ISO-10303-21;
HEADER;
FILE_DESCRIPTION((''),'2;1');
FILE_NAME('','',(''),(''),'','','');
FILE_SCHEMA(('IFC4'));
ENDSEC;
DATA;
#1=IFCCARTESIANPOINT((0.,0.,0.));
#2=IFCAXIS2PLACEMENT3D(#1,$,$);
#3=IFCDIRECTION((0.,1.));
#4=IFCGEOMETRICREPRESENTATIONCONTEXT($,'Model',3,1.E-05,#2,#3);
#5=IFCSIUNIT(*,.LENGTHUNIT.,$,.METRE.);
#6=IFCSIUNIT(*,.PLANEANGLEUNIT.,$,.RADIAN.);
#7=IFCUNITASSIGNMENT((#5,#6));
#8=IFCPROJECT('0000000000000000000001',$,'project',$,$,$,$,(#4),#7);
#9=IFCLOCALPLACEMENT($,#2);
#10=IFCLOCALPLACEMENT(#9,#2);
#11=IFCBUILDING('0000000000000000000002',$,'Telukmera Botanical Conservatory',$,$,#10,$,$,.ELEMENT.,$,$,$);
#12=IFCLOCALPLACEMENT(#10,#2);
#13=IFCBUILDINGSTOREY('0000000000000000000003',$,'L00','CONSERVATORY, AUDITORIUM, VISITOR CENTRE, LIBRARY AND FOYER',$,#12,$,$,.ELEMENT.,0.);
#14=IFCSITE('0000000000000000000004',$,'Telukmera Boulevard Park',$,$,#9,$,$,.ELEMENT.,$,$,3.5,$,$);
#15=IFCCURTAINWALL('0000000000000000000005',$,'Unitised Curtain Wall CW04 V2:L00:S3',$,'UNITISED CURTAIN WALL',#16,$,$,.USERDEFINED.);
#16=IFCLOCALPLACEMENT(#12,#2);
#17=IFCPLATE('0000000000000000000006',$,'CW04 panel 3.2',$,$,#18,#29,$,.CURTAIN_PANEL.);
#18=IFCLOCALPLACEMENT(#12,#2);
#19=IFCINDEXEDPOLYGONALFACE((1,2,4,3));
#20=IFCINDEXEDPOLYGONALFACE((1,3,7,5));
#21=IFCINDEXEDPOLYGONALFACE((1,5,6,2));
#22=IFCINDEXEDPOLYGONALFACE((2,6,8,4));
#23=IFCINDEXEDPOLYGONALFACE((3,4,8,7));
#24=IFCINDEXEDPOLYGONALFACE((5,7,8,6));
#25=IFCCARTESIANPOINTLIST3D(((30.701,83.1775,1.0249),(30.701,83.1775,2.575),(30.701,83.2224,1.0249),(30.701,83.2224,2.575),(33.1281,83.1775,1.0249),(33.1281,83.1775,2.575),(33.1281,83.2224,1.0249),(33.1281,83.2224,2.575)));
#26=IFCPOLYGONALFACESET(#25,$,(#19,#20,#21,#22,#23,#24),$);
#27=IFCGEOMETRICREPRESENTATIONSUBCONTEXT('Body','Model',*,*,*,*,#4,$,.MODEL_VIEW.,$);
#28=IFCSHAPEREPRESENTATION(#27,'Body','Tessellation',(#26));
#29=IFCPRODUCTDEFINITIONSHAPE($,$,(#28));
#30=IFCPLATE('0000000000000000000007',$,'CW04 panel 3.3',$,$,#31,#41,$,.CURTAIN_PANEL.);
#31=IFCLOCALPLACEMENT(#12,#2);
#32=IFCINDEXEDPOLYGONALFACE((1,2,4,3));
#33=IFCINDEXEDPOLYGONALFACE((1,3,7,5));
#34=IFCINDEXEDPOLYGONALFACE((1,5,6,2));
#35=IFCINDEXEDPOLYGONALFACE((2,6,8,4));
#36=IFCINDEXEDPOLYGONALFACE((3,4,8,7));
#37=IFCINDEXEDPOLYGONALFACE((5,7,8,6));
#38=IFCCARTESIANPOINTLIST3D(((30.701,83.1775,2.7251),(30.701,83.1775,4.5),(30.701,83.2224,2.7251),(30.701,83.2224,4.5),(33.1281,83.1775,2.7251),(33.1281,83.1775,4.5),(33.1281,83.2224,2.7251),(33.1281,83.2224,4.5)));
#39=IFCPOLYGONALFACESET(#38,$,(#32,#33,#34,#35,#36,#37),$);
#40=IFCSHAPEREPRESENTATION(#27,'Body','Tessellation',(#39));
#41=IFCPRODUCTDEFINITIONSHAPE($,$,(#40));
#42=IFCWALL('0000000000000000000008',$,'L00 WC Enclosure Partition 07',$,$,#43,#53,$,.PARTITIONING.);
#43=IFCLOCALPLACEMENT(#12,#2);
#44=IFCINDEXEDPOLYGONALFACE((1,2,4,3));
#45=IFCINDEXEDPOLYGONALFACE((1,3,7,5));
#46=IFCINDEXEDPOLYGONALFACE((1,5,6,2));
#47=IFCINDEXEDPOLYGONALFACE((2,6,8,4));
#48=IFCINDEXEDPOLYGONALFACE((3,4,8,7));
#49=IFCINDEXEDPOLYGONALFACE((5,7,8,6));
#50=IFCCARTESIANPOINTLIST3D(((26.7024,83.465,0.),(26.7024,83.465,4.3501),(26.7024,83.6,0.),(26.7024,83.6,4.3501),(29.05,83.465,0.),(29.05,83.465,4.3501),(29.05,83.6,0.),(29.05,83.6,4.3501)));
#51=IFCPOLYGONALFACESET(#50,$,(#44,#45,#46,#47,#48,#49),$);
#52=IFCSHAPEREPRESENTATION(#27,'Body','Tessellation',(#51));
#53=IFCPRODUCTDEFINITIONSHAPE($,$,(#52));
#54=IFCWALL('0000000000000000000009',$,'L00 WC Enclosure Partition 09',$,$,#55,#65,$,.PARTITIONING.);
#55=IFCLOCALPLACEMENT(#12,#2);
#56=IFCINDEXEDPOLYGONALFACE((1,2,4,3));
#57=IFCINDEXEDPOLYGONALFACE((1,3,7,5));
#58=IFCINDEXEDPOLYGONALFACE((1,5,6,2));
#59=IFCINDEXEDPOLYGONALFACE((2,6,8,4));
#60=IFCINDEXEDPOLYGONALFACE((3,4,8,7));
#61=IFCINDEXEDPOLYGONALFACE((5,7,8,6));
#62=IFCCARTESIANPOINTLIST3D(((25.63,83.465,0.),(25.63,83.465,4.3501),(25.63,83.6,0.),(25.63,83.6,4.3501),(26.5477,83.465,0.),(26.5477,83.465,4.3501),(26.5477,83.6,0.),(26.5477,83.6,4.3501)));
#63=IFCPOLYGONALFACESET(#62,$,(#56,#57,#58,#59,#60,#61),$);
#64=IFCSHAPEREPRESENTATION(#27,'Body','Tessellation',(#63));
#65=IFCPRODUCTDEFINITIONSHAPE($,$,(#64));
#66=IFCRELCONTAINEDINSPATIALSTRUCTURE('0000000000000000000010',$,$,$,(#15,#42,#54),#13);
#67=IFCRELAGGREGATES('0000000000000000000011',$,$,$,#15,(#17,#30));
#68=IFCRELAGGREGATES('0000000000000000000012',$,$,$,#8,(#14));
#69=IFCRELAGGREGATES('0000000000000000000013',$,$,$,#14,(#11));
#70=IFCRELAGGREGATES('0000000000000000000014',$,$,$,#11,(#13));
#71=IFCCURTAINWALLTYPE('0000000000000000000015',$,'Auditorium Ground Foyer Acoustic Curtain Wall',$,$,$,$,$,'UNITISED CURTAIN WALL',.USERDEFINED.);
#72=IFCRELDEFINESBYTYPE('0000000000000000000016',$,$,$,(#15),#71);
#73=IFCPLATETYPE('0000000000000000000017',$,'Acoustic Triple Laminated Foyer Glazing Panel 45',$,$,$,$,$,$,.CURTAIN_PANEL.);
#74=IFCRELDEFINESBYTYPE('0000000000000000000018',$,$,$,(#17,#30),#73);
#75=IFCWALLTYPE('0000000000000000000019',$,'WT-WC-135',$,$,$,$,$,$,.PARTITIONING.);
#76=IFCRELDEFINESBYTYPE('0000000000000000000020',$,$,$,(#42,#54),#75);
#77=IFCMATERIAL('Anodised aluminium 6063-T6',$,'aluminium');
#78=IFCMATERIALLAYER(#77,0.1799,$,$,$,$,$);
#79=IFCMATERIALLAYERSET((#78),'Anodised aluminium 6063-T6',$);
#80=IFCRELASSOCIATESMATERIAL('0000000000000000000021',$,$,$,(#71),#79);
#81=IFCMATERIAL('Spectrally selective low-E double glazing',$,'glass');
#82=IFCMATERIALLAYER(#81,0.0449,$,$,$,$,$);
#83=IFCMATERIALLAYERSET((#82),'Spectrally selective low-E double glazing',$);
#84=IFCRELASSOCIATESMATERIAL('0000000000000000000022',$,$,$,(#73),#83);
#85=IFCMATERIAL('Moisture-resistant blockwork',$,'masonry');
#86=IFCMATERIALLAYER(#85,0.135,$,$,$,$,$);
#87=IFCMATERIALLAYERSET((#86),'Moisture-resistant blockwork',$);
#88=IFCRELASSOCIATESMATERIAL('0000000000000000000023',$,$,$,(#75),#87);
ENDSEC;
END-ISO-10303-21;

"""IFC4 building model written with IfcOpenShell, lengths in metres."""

from ifc_helpers import new_model, si_unit, direction, frame, frame_2d, origin, origin_2d, place, context, subcontext, project, spatial, rectangle, extrude, material, layer, layer_set, type_object, element, aggregate, save


model = new_model("IFC4")

# Units and contexts
model_context = context("Model", 3, precision=1e-05, world=origin(), true_north=direction((0.0, 1.0)))
body_context = subcontext(model_context, "Body", "Model", "MODEL_VIEW")
ifc_project = project(units=[si_unit("LENGTHUNIT", "METRE"), si_unit("PLANEANGLEUNIT", "RADIAN")], contexts=[model_context])

# Site, building, storey
site_placement = place(None, origin())
site = spatial("IfcSite", under=ifc_project, at=site_placement, Name="Telukmera Boulevard Park", CompositionType="ELEMENT", RefElevation=3.5)
building_placement = place(site_placement, origin())
building = spatial("IfcBuilding", under=site, at=building_placement, Name="Telukmera Botanical Conservatory", CompositionType="ELEMENT")
storey_placement = place(building_placement, origin())
storey = spatial("IfcBuildingStorey", under=building, at=storey_placement, Name="L00", Description="CONSERVATORY, AUDITORIUM, VISITOR CENTRE, LIBRARY AND FOYER", CompositionType="ELEMENT", Elevation=0.0)

# Curtain wall, plates
ifc_material_1 = material(Name="Anodised aluminium 6063-T6", Category="aluminium")
ifc_layer_1 = layer(ifc_material_1, 0.1799)
ifc_layer_set_1 = layer_set([ifc_layer_1], Name="Anodised aluminium 6063-T6")
curtain_wall_type = type_object("IfcCurtainWallType", Name="Auditorium Ground Foyer Acoustic Curtain Wall", ElementType="UNITISED CURTAIN WALL", PredefinedType="USERDEFINED", material=ifc_layer_set_1)
curtain_wall_placement = place(storey_placement, origin())
curtain_wall = element("IfcCurtainWall", 1, at=curtain_wall_placement, inside=storey, type_object=curtain_wall_type, Name="Unitised Curtain Wall CW04 V2:L00:S3", ObjectType="UNITISED CURTAIN WALL", PredefinedType="USERDEFINED")
ifc_material_2 = material(Name="Spectrally selective low-E double glazing", Category="glass")
ifc_layer_2 = layer(ifc_material_2, 0.0449)
ifc_layer_set_2 = layer_set([ifc_layer_2], Name="Spectrally selective low-E double glazing")
plate_type = type_object("IfcPlateType", Name="Acoustic Triple Laminated Foyer Glazing Panel 45", PredefinedType="CURTAIN_PANEL", material=ifc_layer_set_2)
plate_1_placement = place(storey_placement, frame((31.9146, 83.2, 1.0249), z_axis=(0.0, 0.0, 1.0), x_axis=(1.0, 0.0, 0.0)))
plate_1 = element("IfcPlate", 2, at=plate_1_placement, type_object=plate_type, Name="CW04 panel 3.2", PredefinedType="CURTAIN_PANEL", context=body_context, shape_type="SweptSolid", body=[
    extrude(rectangle(XDim=2.427, YDim=0.0449, at=origin_2d()), origin(), (0.0, 0.0, 1.0), 1.55),
])
plate_2_placement = place(storey_placement, frame((31.9146, 83.2, 2.7251), z_axis=(0.0, 0.0, 1.0), x_axis=(1.0, 0.0, 0.0)))
plate_2 = element("IfcPlate", 3, at=plate_2_placement, type_object=plate_type, Name="CW04 panel 3.3", PredefinedType="CURTAIN_PANEL", context=body_context, shape_type="SweptSolid", body=[
    extrude(rectangle(XDim=2.427, YDim=0.0449, at=origin_2d()), origin(), (0.0, 0.0, 1.0), 1.7749),
])
aggregate(curtain_wall, [plate_1, plate_2])

# Walls
ifc_material_3 = material(Name="Moisture-resistant blockwork", Category="masonry")
ifc_layer_3 = layer(ifc_material_3, 0.135)
ifc_layer_set_3 = layer_set([ifc_layer_3], Name="Moisture-resistant blockwork")
wall_type = type_object("IfcWallType", Name="WT-WC-135", PredefinedType="PARTITIONING", material=ifc_layer_set_3)
wall_1_placement = place(storey_placement, frame((26.7024, 83.5325, 0.0), z_axis=(0.0, 0.0, 1.0), x_axis=(1.0, 0.0, 0.0)))
element("IfcWall", 4, at=wall_1_placement, inside=storey, type_object=wall_type, Name="L00 WC Enclosure Partition 07", PredefinedType="PARTITIONING", context=body_context, shape_type="SweptSolid", body=[
    extrude(rectangle(XDim=2.3477, YDim=0.135, at=frame_2d((1.1738, 0.0))), origin(), (0.0, 0.0, 1.0), 4.3501),
])
wall_2_placement = place(storey_placement, frame((25.6299, 83.5325, 0.0), z_axis=(0.0, 0.0, 1.0), x_axis=(1.0, 0.0, 0.0)))
element("IfcWall", 5, at=wall_2_placement, inside=storey, type_object=wall_type, Name="L00 WC Enclosure Partition 09", PredefinedType="PARTITIONING", context=body_context, shape_type="SweptSolid", body=[
    extrude(rectangle(XDim=0.9177, YDim=0.135, at=frame_2d((0.459, 0.0))), origin(), (0.0, 0.0, 1.0), 4.3501),
])

save(model, "model.ifc")
